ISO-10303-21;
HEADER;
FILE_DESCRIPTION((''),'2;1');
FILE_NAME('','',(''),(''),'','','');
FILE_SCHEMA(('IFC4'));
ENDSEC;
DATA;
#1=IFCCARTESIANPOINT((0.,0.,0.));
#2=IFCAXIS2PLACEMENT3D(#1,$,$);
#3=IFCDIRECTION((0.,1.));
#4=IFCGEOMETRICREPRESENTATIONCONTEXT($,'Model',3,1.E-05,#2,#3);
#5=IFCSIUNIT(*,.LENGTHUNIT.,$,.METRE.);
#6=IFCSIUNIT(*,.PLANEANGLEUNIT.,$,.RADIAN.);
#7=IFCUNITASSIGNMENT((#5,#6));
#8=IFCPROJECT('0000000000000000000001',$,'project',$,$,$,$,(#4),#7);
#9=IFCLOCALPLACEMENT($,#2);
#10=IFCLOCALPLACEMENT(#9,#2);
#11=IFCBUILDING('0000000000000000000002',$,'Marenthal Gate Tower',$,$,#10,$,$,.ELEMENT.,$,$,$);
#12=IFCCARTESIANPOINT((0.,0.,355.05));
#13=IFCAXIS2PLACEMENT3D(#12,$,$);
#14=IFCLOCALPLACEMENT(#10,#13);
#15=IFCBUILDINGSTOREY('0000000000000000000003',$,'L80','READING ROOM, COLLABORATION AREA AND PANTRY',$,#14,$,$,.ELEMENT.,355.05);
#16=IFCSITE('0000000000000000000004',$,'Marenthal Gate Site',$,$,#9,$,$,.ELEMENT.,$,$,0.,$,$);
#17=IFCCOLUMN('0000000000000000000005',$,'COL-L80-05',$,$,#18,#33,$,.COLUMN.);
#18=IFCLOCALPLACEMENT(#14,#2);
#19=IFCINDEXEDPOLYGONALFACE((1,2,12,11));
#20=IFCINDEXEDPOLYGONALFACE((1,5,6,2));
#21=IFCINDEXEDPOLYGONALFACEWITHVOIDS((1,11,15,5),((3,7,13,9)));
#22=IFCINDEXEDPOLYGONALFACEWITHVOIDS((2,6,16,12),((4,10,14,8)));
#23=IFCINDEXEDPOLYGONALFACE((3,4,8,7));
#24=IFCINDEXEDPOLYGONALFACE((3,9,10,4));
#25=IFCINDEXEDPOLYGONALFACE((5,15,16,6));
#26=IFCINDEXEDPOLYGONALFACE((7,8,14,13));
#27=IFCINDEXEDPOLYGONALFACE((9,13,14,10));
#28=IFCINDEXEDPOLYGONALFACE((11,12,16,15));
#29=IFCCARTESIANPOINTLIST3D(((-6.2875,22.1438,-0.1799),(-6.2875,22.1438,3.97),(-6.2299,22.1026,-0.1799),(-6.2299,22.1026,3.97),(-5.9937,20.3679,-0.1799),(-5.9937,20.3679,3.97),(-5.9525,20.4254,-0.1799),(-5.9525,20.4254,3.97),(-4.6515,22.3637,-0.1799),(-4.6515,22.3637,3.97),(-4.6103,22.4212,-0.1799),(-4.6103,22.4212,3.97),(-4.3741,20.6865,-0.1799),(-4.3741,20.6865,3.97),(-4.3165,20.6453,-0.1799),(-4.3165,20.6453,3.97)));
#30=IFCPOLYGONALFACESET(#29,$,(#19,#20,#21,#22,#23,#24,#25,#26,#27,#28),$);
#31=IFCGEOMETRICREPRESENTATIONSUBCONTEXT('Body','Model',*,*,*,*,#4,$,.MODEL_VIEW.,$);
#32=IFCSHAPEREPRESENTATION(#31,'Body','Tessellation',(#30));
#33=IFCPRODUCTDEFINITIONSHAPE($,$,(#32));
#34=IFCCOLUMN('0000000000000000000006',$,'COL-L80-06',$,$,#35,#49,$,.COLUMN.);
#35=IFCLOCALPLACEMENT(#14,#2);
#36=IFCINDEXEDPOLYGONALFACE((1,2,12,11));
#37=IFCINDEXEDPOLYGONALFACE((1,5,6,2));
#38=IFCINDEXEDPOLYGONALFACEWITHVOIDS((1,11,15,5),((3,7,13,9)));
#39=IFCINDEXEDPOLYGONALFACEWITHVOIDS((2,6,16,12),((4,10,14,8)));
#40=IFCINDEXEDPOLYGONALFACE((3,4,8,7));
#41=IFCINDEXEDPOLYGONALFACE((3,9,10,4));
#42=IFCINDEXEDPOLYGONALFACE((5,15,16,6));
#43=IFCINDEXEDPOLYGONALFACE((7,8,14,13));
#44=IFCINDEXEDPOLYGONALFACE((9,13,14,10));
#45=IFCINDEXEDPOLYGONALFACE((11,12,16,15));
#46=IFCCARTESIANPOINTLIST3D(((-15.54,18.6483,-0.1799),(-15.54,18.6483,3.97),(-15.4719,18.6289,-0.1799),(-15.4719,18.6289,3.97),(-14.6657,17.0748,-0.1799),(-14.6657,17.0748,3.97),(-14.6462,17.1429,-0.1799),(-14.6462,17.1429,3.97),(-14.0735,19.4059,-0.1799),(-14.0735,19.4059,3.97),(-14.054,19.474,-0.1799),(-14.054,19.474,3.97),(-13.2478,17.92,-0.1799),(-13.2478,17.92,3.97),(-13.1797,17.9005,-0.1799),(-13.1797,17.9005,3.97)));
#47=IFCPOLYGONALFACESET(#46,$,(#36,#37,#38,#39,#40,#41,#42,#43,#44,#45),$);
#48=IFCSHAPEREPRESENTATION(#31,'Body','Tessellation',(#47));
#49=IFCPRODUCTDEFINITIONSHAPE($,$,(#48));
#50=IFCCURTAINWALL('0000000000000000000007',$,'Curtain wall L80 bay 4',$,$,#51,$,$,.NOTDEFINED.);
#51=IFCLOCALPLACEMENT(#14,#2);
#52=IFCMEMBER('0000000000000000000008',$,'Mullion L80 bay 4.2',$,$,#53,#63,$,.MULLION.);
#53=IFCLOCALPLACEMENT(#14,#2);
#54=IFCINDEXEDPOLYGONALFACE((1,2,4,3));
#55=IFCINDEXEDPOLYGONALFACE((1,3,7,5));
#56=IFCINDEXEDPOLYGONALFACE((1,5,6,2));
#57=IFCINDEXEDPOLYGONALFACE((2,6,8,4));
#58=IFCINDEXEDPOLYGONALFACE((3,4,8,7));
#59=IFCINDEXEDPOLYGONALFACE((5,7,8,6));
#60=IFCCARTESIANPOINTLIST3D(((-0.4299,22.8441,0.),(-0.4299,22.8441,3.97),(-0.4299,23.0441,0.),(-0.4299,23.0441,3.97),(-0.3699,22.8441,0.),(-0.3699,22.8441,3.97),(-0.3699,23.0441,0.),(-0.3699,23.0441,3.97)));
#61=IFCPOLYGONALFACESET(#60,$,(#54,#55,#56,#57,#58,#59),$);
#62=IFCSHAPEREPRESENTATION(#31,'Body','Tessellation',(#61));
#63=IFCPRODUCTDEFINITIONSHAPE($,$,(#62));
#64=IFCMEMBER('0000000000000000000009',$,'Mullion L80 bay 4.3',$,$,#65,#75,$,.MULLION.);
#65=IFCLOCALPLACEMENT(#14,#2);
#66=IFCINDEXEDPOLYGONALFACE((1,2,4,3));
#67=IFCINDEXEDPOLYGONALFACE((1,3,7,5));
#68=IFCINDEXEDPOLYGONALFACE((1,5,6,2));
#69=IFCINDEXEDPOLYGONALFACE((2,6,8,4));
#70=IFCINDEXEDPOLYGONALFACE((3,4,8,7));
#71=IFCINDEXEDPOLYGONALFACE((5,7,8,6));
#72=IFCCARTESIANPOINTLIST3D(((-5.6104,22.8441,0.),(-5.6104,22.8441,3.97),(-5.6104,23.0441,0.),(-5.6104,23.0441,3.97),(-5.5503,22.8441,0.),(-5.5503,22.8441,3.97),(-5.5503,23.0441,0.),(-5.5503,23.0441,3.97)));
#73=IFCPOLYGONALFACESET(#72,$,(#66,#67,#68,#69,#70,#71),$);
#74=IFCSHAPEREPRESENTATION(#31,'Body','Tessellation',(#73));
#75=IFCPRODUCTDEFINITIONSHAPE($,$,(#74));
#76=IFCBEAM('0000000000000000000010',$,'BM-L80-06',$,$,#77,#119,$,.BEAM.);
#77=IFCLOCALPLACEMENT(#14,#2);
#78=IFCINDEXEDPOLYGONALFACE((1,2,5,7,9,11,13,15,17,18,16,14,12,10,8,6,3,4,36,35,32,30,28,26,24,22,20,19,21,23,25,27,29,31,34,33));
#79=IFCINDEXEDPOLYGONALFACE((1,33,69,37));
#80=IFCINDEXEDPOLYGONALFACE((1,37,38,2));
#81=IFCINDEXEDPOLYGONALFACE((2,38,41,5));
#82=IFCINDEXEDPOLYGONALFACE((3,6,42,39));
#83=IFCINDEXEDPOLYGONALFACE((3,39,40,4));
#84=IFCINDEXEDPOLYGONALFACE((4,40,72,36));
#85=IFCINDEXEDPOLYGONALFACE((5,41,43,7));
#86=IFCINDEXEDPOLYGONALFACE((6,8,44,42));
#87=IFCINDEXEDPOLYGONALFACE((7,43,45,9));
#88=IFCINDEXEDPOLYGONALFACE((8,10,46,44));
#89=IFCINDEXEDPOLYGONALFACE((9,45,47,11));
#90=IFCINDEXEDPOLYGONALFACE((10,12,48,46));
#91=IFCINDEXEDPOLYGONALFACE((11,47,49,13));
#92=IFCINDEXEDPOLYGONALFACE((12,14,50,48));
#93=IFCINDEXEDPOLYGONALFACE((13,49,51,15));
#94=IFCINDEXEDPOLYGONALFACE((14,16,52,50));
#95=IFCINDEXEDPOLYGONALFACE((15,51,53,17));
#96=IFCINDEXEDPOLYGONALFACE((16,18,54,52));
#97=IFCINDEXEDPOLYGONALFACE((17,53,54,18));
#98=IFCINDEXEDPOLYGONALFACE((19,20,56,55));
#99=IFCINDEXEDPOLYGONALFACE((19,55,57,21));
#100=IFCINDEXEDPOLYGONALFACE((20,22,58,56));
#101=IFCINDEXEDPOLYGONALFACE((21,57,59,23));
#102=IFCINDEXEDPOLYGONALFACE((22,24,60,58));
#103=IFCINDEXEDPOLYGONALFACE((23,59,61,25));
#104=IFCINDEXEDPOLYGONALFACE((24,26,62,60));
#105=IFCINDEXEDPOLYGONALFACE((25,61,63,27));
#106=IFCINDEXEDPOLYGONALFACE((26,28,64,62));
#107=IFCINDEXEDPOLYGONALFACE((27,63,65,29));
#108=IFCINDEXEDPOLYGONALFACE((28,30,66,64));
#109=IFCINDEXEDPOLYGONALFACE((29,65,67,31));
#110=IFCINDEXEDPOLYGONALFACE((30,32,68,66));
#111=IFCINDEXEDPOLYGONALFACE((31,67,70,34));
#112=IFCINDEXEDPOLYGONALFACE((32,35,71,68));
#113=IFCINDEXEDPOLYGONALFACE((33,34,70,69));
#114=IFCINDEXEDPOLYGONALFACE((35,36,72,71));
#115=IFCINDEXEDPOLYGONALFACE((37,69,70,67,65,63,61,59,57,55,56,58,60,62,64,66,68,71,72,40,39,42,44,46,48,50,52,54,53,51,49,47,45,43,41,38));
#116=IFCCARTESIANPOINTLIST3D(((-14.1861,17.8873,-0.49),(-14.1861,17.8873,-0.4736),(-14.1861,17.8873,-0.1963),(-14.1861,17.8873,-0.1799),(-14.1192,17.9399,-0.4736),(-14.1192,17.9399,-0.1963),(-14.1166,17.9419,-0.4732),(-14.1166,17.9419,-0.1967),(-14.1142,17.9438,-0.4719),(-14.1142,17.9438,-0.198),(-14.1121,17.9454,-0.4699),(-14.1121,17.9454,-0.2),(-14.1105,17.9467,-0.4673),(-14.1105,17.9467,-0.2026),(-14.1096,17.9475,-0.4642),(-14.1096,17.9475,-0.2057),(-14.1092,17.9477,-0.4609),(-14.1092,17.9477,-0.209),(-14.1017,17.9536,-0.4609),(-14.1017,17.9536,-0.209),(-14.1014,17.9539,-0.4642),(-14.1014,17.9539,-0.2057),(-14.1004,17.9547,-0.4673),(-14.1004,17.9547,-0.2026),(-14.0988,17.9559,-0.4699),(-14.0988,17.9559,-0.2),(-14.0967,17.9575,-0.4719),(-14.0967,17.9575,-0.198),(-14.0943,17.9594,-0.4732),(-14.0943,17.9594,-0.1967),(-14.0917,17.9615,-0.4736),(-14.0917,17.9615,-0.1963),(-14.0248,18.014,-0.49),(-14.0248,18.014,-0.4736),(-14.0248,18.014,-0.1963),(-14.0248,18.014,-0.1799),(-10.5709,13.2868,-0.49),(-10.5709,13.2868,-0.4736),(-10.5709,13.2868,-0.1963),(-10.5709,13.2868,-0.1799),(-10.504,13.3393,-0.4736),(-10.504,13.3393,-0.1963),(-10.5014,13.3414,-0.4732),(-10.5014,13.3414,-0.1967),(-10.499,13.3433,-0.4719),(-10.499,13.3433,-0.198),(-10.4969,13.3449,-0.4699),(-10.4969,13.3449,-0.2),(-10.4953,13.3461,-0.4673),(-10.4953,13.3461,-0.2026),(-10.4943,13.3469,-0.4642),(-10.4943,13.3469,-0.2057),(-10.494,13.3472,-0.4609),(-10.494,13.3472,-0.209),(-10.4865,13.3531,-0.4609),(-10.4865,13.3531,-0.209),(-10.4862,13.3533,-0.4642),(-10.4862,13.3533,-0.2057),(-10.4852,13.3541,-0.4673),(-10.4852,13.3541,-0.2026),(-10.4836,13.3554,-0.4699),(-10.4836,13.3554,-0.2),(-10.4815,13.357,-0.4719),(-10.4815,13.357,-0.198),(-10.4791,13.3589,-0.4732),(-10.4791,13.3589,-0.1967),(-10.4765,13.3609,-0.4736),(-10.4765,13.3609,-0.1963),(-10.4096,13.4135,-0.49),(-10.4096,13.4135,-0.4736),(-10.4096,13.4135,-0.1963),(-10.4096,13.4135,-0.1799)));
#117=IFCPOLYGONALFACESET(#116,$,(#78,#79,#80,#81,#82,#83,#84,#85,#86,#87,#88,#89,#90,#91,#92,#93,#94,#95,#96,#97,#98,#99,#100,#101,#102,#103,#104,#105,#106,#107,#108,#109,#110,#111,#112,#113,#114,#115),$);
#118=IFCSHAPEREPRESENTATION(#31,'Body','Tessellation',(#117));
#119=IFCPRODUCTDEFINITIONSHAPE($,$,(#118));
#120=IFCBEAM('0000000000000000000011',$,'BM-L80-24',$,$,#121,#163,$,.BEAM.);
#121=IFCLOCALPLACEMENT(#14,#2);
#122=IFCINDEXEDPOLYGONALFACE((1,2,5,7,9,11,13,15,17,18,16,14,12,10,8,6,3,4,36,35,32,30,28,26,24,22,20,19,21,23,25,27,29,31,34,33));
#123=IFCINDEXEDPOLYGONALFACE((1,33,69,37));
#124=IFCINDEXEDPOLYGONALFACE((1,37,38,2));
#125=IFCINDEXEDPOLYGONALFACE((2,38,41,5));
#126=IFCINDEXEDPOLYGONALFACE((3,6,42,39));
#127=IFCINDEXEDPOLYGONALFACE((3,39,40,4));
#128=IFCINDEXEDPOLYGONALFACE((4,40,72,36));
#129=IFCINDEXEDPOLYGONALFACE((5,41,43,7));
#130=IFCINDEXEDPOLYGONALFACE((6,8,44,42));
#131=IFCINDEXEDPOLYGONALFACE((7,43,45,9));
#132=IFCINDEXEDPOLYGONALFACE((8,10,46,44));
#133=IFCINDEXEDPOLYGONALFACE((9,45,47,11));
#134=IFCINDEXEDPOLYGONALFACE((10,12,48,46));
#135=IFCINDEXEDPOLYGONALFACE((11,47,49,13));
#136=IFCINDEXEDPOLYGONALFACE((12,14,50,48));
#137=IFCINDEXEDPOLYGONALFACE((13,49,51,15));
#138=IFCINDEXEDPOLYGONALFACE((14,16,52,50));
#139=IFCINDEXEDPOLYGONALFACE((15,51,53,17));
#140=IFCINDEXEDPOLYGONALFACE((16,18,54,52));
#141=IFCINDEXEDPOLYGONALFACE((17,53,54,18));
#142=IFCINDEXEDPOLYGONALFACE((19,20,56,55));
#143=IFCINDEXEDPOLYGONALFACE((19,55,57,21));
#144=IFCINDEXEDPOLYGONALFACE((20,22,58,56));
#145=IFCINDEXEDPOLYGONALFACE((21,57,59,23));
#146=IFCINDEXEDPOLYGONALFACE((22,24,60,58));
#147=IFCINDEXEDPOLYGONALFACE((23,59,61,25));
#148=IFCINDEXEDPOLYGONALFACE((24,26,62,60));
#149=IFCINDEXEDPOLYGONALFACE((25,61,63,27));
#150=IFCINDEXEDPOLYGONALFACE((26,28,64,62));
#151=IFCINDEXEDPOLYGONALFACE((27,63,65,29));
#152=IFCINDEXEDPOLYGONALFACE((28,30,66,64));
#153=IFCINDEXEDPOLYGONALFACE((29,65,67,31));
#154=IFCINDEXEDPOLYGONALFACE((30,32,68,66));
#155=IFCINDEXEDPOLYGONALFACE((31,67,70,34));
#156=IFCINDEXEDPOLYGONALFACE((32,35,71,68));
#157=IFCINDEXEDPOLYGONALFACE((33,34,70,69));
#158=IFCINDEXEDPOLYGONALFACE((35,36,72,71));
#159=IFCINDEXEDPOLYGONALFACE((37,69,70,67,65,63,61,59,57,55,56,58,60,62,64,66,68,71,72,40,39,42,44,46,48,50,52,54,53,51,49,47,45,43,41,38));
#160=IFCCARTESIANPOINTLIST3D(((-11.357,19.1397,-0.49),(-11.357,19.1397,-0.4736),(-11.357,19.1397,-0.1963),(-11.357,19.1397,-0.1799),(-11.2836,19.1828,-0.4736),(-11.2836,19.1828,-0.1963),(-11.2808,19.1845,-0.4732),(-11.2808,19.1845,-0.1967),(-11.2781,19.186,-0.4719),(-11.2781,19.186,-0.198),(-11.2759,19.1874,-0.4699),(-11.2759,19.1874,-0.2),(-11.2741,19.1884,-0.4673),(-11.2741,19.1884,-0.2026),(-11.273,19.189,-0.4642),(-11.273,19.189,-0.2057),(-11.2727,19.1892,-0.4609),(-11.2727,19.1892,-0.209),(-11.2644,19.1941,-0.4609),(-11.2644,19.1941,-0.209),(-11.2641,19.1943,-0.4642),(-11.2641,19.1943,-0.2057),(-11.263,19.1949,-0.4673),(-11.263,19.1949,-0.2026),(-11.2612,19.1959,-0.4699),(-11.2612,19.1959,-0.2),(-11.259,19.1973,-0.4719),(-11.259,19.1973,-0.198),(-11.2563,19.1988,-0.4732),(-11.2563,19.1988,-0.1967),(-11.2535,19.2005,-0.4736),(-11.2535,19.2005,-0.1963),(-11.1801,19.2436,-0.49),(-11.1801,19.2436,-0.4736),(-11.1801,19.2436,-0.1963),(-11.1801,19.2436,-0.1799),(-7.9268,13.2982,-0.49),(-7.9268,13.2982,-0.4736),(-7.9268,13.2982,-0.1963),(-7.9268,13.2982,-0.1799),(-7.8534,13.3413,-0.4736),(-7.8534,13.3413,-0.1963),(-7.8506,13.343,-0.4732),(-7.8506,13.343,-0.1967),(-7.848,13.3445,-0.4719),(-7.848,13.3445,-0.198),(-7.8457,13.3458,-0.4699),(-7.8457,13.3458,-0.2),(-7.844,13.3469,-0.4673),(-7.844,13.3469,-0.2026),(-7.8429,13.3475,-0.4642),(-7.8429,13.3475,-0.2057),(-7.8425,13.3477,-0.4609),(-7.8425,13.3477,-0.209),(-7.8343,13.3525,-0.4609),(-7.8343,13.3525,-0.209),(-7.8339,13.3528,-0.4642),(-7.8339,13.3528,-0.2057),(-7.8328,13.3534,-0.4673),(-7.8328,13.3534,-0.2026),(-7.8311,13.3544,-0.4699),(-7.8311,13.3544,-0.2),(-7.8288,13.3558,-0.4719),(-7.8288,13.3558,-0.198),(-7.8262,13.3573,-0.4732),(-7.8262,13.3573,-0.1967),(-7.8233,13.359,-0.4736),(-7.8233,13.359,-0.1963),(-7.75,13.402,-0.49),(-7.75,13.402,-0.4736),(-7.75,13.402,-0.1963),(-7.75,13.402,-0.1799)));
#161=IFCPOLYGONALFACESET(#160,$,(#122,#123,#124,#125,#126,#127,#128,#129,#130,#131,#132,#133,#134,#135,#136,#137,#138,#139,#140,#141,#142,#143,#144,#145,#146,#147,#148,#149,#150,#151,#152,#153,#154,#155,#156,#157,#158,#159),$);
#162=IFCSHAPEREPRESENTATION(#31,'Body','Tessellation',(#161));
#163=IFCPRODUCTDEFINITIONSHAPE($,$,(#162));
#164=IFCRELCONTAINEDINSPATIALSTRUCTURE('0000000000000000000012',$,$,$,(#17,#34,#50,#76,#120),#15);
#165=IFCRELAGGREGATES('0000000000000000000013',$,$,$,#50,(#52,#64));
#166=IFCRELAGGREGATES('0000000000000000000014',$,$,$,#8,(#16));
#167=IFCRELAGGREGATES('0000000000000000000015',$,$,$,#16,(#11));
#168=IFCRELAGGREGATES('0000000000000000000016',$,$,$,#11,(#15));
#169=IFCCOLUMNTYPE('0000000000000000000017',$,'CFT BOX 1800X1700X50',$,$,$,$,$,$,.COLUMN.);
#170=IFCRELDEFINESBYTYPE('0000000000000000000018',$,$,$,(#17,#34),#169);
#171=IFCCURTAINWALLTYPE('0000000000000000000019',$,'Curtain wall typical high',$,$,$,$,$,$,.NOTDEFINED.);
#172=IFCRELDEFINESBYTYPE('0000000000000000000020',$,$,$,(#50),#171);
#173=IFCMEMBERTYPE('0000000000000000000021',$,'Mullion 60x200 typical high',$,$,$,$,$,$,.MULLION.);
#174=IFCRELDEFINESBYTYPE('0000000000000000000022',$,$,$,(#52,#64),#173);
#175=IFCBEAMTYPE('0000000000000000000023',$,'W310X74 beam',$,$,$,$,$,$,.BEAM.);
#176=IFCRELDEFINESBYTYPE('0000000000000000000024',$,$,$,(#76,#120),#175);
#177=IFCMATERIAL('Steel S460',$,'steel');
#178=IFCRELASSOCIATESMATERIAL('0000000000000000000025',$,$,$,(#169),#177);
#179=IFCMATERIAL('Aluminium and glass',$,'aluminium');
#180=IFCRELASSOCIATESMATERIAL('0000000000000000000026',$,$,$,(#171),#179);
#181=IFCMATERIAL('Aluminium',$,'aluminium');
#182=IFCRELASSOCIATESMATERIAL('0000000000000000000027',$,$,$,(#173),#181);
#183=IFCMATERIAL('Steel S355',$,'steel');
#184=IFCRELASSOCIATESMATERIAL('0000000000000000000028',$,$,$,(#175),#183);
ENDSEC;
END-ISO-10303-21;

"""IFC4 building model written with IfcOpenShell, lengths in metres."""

from ifc_helpers import new_model, si_unit, direction, frame, origin, origin_2d, place, context, subcontext, project, spatial, rectangle, hollow_rectangle, i_section, extrude, material, material_profile, profile_set, type_object, element, aggregate, save


model = new_model("IFC4")

# Units and contexts
model_context = context("Model", 3, precision=1e-05, world=origin(), true_north=direction((0.0, 1.0)))
body_context = subcontext(model_context, "Body", "Model", "MODEL_VIEW")
ifc_project = project(units=[si_unit("LENGTHUNIT", "METRE"), si_unit("PLANEANGLEUNIT", "RADIAN")], contexts=[model_context])

# Site, building, storey
site_placement = place(None, origin())
site = spatial("IfcSite", under=ifc_project, at=site_placement, Name="Marenthal Gate Site", CompositionType="ELEMENT", RefElevation=0.0)
building_placement = place(site_placement, origin())
building = spatial("IfcBuilding", under=site, at=building_placement, Name="Marenthal Gate Tower", CompositionType="ELEMENT")
storey_placement = place(building_placement, frame((0.0, 0.0, 355.05)))
storey = spatial("IfcBuildingStorey", under=building, at=storey_placement, Name="L80", Description="READING ROOM, COLLABORATION AREA AND PANTRY", CompositionType="ELEMENT", Elevation=355.05)

# Columns
ifc_material_1 = material(Name="Steel S460", Category="steel")
ifc_material_profile_1 = material_profile(ifc_material_1, hollow_rectangle(XDim=1.7, YDim=1.8, WallThickness=0.05, at=origin_2d()), Name="CFT BOX 1800X1700X50")
ifc_material_2 = material(Name="Concrete 70 MPa", Category="concrete")
ifc_material_profile_2 = material_profile(ifc_material_2, rectangle(XDim=1.6001, YDim=1.7, at=origin_2d()), Name="CFT BOX 1800X1700X50 INFILL")
ifc_profile_set_1 = profile_set([ifc_material_profile_1, ifc_material_profile_2], Name="Steel S460 shell, Concrete 70 MPa infill")
column_type = type_object("IfcColumnType", Name="CFT BOX 1800X1700X50", PredefinedType="COLUMN", material=ifc_profile_set_1)
for number, where, z_axis, x_axis, name in (
    (1, (-5.302, 21.3945, -0.1799), (0.0, 0.0, 1.0), (0.986593, 0.1632, 0.0), "COL-L80-05"),
    (2, (-14.3599, 18.2744, -0.1799), (0.0, 0.0, 1.0), (0.874116, 0.485718, 0.0), "COL-L80-06"),
):
    element("IfcColumn", number, at=place(storey_placement, frame(where, z_axis=z_axis, x_axis=x_axis)), inside=storey, type_object=column_type, Name=name, PredefinedType="COLUMN", context=body_context, shape_type="SweptSolid", body=[
        extrude(hollow_rectangle(XDim=1.7, YDim=1.8, WallThickness=0.05, at=origin_2d()), origin(), (0.0, 0.0, 1.0), 4.1499),
    ])

# Curtain wall, members
ifc_material_3 = material(Name="Aluminium and glass", Category="aluminium")
curtain_wall_type = type_object("IfcCurtainWallType", Name="Curtain wall typical high", PredefinedType="NOTDEFINED", material=ifc_material_3)
curtain_wall_placement = place(storey_placement, origin())
curtain_wall = element("IfcCurtainWall", 3, at=curtain_wall_placement, inside=storey, type_object=curtain_wall_type, Name="Curtain wall L80 bay 4", PredefinedType="NOTDEFINED")
ifc_material_4 = material(Name="Aluminium", Category="aluminium")
ifc_material_profile_3 = material_profile(ifc_material_4, rectangle(XDim=0.2, YDim=0.0601, at=origin_2d()), Name="60x200 aluminium mullion")
ifc_profile_set_2 = profile_set([ifc_material_profile_3], Name="Aluminium")
member_type = type_object("IfcMemberType", Name="Mullion 60x200 typical high", PredefinedType="MULLION", material=ifc_profile_set_2)
member_1_placement = place(storey_placement, frame((-0.3999, 22.9441, 0.0), z_axis=(0.0, 0.0, 1.0), x_axis=(0.0, -1.0, 0.0)))
member_1 = element("IfcMember", 4, at=member_1_placement, type_object=member_type, Name="Mullion L80 bay 4.2", PredefinedType="MULLION", context=body_context, shape_type="SweptSolid", body=[
    extrude(rectangle(XDim=0.2, YDim=0.0601, at=origin_2d()), origin(), (0.0, 0.0, 1.0), 3.97),
])
member_2_placement = place(storey_placement, frame((-5.5803, 22.9441, 0.0), z_axis=(0.0, 0.0, 1.0), x_axis=(0.0, -1.0, 0.0)))
member_2 = element("IfcMember", 5, at=member_2_placement, type_object=member_type, Name="Mullion L80 bay 4.3", PredefinedType="MULLION", context=body_context, shape_type="SweptSolid", body=[
    extrude(rectangle(XDim=0.2, YDim=0.0601, at=origin_2d()), origin(), (0.0, 0.0, 1.0), 3.97),
])

# Beams
ifc_material_5 = material(Name="Steel S355", Category="steel")
ifc_material_profile_4 = material_profile(ifc_material_5, i_section(OverallWidth=0.2051, OverallDepth=0.3101, WebThickness=0.0095, FlangeThickness=0.0164, FilletRadius=0.0127, at=origin_2d()), Name="W310X74")
ifc_profile_set_3 = profile_set([ifc_material_profile_4], Name="Steel S355")
beam_type_1 = type_object("IfcBeamType", Name="W310X74 beam", PredefinedType="BEAM", material=ifc_profile_set_3)
beam_1_placement = place(storey_placement, frame((-14.1055, 17.9507, -0.335), z_axis=(0.617873, -0.786278, 0.0), x_axis=(0.786278, 0.617873, 0.0)))
element("IfcBeam", 6, at=beam_1_placement, inside=storey, type_object=beam_type_1, Name="BM-L80-06", PredefinedType="BEAM", context=body_context, shape_type="SweptSolid", body=[
    extrude(i_section(OverallWidth=0.2051, OverallDepth=0.3101, WebThickness=0.0095, FlangeThickness=0.0164, FilletRadius=0.0127, at=origin_2d()), origin(), (0.0, 0.0, 1.0), 5.8511),
])
beam_2_placement = place(storey_placement, frame((-11.2686, 19.1917, -0.335), z_axis=(0.506358, -0.862323, 0.0), x_axis=(0.862323, 0.506358, 0.0)))
element("IfcBeam", 7, at=beam_2_placement, inside=storey, type_object=beam_type_1, Name="BM-L80-24", PredefinedType="BEAM", context=body_context, shape_type="SweptSolid", body=[
    extrude(i_section(OverallWidth=0.2051, OverallDepth=0.3101, WebThickness=0.0095, FlangeThickness=0.0164, FilletRadius=0.0127, at=origin_2d()), origin(), (0.0, 0.0, 1.0), 6.7742),
])

aggregate(curtain_wall, [member_1, member_2])

save(model, "model.ifc")
